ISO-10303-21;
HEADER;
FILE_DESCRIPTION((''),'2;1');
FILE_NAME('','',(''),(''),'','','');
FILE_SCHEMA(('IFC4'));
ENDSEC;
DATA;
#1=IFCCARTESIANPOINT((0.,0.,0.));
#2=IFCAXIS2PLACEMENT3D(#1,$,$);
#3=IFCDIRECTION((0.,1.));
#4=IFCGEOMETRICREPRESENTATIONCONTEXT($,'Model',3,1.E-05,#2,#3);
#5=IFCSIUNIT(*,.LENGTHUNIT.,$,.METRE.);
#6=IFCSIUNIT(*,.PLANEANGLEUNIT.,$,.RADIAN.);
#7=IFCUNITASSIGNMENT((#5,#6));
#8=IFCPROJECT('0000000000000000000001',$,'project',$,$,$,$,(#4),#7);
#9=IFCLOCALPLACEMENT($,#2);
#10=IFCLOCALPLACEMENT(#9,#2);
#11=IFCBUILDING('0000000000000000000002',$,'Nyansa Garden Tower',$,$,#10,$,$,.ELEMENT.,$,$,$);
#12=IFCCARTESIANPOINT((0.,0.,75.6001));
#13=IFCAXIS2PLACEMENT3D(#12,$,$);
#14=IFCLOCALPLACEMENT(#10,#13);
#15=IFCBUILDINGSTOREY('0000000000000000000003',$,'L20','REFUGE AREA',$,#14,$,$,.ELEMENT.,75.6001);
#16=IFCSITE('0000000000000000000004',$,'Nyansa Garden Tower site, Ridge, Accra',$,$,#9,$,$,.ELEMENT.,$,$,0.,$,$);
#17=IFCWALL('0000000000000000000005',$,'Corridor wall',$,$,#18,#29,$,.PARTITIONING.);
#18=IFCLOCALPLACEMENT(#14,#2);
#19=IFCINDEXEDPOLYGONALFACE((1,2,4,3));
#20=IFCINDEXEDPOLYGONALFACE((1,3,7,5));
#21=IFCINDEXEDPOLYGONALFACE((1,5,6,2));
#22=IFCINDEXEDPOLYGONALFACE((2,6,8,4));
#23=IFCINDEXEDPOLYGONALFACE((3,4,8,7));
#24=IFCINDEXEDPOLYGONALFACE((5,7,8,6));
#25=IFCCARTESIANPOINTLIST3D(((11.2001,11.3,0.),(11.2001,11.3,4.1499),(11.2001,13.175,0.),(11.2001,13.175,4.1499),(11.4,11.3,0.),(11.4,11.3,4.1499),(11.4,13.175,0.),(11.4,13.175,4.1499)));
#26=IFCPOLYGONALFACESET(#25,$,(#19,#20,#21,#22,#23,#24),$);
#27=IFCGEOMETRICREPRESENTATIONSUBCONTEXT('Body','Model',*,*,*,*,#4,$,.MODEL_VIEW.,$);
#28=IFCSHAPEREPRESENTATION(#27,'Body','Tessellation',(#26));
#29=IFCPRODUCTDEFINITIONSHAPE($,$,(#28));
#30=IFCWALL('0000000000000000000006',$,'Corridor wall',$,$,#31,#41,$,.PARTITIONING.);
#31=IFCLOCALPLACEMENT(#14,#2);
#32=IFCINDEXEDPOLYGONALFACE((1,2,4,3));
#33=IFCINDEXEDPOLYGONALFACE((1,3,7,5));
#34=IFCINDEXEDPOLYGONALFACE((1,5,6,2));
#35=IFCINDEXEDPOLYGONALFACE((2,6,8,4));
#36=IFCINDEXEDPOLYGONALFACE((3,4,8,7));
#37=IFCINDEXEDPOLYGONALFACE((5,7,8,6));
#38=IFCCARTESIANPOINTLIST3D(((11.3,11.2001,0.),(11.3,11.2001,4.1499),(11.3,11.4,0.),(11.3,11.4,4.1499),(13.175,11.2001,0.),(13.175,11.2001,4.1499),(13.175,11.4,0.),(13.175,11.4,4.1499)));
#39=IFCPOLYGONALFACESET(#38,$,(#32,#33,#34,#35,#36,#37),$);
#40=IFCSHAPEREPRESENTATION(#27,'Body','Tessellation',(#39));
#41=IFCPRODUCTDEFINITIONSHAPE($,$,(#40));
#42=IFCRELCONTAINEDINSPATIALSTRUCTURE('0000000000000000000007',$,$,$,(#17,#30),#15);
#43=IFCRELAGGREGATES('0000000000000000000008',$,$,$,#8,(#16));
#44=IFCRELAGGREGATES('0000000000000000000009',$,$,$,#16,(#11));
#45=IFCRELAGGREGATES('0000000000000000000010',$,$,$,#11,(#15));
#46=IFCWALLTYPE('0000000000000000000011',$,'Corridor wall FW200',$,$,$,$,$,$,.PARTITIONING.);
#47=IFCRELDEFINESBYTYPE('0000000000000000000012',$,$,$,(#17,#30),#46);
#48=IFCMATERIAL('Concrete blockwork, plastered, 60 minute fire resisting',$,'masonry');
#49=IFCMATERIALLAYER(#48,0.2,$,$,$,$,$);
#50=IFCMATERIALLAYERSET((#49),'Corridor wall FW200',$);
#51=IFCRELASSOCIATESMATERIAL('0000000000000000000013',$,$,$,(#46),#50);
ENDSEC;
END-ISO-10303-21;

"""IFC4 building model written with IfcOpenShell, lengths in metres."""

from ifc_helpers import new_model, si_unit, direction, frame, frame_2d, origin, place, context, subcontext, project, spatial, rectangle, extrude, material, layer, layer_set, type_object, element, save


model = new_model("IFC4")

# Units and contexts
model_context = context("Model", 3, precision=1e-05, world=origin(), true_north=direction((0.0, 1.0)))
body_context = subcontext(model_context, "Body", "Model", "MODEL_VIEW")
ifc_project = project(units=[si_unit("LENGTHUNIT", "METRE"), si_unit("PLANEANGLEUNIT", "RADIAN")], contexts=[model_context])

# Site, building, storey
site_placement = place(None, origin())
site = spatial("IfcSite", under=ifc_project, at=site_placement, Name="Nyansa Garden Tower site, Ridge, Accra", CompositionType="ELEMENT", RefElevation=0.0)
building_placement = place(site_placement, origin())
building = spatial("IfcBuilding", under=site, at=building_placement, Name="Nyansa Garden Tower", CompositionType="ELEMENT")
storey_placement = place(building_placement, frame((0.0, 0.0, 75.6001)))
storey = spatial("IfcBuildingStorey", under=building, at=storey_placement, Name="L20", Description="REFUGE AREA", CompositionType="ELEMENT", Elevation=75.6001)

# Walls
ifc_material_1 = material(Name="Concrete blockwork, plastered, 60 minute fire resisting", Category="masonry")
ifc_layer = layer(ifc_material_1, 0.2)
ifc_layer_set = layer_set([ifc_layer], Name="Corridor wall FW200")
wall_type = type_object("IfcWallType", Name="Corridor wall FW200", PredefinedType="PARTITIONING", material=ifc_layer_set)
for number, where, z_axis, x_axis, name in (
    (1, (11.3, 11.3, 0.0), (0.0, 0.0, 1.0), (0.0, 1.0, 0.0), "Corridor wall"),
    (2, (11.3, 11.3, 0.0), (0.0, 0.0, 1.0), (1.0, 0.0, 0.0), "Corridor wall"),
):
    element("IfcWall", number, at=place(storey_placement, frame(where, z_axis=z_axis, x_axis=x_axis)), inside=storey, type_object=wall_type, Name=name, PredefinedType="PARTITIONING", context=body_context, shape_type="SweptSolid", body=[
        extrude(rectangle(XDim=1.875, YDim=0.2, at=frame_2d((0.9375, 0.0))), origin(), (0.0, 0.0, 1.0), 4.1499),
    ])

save(model, "model.ifc")
